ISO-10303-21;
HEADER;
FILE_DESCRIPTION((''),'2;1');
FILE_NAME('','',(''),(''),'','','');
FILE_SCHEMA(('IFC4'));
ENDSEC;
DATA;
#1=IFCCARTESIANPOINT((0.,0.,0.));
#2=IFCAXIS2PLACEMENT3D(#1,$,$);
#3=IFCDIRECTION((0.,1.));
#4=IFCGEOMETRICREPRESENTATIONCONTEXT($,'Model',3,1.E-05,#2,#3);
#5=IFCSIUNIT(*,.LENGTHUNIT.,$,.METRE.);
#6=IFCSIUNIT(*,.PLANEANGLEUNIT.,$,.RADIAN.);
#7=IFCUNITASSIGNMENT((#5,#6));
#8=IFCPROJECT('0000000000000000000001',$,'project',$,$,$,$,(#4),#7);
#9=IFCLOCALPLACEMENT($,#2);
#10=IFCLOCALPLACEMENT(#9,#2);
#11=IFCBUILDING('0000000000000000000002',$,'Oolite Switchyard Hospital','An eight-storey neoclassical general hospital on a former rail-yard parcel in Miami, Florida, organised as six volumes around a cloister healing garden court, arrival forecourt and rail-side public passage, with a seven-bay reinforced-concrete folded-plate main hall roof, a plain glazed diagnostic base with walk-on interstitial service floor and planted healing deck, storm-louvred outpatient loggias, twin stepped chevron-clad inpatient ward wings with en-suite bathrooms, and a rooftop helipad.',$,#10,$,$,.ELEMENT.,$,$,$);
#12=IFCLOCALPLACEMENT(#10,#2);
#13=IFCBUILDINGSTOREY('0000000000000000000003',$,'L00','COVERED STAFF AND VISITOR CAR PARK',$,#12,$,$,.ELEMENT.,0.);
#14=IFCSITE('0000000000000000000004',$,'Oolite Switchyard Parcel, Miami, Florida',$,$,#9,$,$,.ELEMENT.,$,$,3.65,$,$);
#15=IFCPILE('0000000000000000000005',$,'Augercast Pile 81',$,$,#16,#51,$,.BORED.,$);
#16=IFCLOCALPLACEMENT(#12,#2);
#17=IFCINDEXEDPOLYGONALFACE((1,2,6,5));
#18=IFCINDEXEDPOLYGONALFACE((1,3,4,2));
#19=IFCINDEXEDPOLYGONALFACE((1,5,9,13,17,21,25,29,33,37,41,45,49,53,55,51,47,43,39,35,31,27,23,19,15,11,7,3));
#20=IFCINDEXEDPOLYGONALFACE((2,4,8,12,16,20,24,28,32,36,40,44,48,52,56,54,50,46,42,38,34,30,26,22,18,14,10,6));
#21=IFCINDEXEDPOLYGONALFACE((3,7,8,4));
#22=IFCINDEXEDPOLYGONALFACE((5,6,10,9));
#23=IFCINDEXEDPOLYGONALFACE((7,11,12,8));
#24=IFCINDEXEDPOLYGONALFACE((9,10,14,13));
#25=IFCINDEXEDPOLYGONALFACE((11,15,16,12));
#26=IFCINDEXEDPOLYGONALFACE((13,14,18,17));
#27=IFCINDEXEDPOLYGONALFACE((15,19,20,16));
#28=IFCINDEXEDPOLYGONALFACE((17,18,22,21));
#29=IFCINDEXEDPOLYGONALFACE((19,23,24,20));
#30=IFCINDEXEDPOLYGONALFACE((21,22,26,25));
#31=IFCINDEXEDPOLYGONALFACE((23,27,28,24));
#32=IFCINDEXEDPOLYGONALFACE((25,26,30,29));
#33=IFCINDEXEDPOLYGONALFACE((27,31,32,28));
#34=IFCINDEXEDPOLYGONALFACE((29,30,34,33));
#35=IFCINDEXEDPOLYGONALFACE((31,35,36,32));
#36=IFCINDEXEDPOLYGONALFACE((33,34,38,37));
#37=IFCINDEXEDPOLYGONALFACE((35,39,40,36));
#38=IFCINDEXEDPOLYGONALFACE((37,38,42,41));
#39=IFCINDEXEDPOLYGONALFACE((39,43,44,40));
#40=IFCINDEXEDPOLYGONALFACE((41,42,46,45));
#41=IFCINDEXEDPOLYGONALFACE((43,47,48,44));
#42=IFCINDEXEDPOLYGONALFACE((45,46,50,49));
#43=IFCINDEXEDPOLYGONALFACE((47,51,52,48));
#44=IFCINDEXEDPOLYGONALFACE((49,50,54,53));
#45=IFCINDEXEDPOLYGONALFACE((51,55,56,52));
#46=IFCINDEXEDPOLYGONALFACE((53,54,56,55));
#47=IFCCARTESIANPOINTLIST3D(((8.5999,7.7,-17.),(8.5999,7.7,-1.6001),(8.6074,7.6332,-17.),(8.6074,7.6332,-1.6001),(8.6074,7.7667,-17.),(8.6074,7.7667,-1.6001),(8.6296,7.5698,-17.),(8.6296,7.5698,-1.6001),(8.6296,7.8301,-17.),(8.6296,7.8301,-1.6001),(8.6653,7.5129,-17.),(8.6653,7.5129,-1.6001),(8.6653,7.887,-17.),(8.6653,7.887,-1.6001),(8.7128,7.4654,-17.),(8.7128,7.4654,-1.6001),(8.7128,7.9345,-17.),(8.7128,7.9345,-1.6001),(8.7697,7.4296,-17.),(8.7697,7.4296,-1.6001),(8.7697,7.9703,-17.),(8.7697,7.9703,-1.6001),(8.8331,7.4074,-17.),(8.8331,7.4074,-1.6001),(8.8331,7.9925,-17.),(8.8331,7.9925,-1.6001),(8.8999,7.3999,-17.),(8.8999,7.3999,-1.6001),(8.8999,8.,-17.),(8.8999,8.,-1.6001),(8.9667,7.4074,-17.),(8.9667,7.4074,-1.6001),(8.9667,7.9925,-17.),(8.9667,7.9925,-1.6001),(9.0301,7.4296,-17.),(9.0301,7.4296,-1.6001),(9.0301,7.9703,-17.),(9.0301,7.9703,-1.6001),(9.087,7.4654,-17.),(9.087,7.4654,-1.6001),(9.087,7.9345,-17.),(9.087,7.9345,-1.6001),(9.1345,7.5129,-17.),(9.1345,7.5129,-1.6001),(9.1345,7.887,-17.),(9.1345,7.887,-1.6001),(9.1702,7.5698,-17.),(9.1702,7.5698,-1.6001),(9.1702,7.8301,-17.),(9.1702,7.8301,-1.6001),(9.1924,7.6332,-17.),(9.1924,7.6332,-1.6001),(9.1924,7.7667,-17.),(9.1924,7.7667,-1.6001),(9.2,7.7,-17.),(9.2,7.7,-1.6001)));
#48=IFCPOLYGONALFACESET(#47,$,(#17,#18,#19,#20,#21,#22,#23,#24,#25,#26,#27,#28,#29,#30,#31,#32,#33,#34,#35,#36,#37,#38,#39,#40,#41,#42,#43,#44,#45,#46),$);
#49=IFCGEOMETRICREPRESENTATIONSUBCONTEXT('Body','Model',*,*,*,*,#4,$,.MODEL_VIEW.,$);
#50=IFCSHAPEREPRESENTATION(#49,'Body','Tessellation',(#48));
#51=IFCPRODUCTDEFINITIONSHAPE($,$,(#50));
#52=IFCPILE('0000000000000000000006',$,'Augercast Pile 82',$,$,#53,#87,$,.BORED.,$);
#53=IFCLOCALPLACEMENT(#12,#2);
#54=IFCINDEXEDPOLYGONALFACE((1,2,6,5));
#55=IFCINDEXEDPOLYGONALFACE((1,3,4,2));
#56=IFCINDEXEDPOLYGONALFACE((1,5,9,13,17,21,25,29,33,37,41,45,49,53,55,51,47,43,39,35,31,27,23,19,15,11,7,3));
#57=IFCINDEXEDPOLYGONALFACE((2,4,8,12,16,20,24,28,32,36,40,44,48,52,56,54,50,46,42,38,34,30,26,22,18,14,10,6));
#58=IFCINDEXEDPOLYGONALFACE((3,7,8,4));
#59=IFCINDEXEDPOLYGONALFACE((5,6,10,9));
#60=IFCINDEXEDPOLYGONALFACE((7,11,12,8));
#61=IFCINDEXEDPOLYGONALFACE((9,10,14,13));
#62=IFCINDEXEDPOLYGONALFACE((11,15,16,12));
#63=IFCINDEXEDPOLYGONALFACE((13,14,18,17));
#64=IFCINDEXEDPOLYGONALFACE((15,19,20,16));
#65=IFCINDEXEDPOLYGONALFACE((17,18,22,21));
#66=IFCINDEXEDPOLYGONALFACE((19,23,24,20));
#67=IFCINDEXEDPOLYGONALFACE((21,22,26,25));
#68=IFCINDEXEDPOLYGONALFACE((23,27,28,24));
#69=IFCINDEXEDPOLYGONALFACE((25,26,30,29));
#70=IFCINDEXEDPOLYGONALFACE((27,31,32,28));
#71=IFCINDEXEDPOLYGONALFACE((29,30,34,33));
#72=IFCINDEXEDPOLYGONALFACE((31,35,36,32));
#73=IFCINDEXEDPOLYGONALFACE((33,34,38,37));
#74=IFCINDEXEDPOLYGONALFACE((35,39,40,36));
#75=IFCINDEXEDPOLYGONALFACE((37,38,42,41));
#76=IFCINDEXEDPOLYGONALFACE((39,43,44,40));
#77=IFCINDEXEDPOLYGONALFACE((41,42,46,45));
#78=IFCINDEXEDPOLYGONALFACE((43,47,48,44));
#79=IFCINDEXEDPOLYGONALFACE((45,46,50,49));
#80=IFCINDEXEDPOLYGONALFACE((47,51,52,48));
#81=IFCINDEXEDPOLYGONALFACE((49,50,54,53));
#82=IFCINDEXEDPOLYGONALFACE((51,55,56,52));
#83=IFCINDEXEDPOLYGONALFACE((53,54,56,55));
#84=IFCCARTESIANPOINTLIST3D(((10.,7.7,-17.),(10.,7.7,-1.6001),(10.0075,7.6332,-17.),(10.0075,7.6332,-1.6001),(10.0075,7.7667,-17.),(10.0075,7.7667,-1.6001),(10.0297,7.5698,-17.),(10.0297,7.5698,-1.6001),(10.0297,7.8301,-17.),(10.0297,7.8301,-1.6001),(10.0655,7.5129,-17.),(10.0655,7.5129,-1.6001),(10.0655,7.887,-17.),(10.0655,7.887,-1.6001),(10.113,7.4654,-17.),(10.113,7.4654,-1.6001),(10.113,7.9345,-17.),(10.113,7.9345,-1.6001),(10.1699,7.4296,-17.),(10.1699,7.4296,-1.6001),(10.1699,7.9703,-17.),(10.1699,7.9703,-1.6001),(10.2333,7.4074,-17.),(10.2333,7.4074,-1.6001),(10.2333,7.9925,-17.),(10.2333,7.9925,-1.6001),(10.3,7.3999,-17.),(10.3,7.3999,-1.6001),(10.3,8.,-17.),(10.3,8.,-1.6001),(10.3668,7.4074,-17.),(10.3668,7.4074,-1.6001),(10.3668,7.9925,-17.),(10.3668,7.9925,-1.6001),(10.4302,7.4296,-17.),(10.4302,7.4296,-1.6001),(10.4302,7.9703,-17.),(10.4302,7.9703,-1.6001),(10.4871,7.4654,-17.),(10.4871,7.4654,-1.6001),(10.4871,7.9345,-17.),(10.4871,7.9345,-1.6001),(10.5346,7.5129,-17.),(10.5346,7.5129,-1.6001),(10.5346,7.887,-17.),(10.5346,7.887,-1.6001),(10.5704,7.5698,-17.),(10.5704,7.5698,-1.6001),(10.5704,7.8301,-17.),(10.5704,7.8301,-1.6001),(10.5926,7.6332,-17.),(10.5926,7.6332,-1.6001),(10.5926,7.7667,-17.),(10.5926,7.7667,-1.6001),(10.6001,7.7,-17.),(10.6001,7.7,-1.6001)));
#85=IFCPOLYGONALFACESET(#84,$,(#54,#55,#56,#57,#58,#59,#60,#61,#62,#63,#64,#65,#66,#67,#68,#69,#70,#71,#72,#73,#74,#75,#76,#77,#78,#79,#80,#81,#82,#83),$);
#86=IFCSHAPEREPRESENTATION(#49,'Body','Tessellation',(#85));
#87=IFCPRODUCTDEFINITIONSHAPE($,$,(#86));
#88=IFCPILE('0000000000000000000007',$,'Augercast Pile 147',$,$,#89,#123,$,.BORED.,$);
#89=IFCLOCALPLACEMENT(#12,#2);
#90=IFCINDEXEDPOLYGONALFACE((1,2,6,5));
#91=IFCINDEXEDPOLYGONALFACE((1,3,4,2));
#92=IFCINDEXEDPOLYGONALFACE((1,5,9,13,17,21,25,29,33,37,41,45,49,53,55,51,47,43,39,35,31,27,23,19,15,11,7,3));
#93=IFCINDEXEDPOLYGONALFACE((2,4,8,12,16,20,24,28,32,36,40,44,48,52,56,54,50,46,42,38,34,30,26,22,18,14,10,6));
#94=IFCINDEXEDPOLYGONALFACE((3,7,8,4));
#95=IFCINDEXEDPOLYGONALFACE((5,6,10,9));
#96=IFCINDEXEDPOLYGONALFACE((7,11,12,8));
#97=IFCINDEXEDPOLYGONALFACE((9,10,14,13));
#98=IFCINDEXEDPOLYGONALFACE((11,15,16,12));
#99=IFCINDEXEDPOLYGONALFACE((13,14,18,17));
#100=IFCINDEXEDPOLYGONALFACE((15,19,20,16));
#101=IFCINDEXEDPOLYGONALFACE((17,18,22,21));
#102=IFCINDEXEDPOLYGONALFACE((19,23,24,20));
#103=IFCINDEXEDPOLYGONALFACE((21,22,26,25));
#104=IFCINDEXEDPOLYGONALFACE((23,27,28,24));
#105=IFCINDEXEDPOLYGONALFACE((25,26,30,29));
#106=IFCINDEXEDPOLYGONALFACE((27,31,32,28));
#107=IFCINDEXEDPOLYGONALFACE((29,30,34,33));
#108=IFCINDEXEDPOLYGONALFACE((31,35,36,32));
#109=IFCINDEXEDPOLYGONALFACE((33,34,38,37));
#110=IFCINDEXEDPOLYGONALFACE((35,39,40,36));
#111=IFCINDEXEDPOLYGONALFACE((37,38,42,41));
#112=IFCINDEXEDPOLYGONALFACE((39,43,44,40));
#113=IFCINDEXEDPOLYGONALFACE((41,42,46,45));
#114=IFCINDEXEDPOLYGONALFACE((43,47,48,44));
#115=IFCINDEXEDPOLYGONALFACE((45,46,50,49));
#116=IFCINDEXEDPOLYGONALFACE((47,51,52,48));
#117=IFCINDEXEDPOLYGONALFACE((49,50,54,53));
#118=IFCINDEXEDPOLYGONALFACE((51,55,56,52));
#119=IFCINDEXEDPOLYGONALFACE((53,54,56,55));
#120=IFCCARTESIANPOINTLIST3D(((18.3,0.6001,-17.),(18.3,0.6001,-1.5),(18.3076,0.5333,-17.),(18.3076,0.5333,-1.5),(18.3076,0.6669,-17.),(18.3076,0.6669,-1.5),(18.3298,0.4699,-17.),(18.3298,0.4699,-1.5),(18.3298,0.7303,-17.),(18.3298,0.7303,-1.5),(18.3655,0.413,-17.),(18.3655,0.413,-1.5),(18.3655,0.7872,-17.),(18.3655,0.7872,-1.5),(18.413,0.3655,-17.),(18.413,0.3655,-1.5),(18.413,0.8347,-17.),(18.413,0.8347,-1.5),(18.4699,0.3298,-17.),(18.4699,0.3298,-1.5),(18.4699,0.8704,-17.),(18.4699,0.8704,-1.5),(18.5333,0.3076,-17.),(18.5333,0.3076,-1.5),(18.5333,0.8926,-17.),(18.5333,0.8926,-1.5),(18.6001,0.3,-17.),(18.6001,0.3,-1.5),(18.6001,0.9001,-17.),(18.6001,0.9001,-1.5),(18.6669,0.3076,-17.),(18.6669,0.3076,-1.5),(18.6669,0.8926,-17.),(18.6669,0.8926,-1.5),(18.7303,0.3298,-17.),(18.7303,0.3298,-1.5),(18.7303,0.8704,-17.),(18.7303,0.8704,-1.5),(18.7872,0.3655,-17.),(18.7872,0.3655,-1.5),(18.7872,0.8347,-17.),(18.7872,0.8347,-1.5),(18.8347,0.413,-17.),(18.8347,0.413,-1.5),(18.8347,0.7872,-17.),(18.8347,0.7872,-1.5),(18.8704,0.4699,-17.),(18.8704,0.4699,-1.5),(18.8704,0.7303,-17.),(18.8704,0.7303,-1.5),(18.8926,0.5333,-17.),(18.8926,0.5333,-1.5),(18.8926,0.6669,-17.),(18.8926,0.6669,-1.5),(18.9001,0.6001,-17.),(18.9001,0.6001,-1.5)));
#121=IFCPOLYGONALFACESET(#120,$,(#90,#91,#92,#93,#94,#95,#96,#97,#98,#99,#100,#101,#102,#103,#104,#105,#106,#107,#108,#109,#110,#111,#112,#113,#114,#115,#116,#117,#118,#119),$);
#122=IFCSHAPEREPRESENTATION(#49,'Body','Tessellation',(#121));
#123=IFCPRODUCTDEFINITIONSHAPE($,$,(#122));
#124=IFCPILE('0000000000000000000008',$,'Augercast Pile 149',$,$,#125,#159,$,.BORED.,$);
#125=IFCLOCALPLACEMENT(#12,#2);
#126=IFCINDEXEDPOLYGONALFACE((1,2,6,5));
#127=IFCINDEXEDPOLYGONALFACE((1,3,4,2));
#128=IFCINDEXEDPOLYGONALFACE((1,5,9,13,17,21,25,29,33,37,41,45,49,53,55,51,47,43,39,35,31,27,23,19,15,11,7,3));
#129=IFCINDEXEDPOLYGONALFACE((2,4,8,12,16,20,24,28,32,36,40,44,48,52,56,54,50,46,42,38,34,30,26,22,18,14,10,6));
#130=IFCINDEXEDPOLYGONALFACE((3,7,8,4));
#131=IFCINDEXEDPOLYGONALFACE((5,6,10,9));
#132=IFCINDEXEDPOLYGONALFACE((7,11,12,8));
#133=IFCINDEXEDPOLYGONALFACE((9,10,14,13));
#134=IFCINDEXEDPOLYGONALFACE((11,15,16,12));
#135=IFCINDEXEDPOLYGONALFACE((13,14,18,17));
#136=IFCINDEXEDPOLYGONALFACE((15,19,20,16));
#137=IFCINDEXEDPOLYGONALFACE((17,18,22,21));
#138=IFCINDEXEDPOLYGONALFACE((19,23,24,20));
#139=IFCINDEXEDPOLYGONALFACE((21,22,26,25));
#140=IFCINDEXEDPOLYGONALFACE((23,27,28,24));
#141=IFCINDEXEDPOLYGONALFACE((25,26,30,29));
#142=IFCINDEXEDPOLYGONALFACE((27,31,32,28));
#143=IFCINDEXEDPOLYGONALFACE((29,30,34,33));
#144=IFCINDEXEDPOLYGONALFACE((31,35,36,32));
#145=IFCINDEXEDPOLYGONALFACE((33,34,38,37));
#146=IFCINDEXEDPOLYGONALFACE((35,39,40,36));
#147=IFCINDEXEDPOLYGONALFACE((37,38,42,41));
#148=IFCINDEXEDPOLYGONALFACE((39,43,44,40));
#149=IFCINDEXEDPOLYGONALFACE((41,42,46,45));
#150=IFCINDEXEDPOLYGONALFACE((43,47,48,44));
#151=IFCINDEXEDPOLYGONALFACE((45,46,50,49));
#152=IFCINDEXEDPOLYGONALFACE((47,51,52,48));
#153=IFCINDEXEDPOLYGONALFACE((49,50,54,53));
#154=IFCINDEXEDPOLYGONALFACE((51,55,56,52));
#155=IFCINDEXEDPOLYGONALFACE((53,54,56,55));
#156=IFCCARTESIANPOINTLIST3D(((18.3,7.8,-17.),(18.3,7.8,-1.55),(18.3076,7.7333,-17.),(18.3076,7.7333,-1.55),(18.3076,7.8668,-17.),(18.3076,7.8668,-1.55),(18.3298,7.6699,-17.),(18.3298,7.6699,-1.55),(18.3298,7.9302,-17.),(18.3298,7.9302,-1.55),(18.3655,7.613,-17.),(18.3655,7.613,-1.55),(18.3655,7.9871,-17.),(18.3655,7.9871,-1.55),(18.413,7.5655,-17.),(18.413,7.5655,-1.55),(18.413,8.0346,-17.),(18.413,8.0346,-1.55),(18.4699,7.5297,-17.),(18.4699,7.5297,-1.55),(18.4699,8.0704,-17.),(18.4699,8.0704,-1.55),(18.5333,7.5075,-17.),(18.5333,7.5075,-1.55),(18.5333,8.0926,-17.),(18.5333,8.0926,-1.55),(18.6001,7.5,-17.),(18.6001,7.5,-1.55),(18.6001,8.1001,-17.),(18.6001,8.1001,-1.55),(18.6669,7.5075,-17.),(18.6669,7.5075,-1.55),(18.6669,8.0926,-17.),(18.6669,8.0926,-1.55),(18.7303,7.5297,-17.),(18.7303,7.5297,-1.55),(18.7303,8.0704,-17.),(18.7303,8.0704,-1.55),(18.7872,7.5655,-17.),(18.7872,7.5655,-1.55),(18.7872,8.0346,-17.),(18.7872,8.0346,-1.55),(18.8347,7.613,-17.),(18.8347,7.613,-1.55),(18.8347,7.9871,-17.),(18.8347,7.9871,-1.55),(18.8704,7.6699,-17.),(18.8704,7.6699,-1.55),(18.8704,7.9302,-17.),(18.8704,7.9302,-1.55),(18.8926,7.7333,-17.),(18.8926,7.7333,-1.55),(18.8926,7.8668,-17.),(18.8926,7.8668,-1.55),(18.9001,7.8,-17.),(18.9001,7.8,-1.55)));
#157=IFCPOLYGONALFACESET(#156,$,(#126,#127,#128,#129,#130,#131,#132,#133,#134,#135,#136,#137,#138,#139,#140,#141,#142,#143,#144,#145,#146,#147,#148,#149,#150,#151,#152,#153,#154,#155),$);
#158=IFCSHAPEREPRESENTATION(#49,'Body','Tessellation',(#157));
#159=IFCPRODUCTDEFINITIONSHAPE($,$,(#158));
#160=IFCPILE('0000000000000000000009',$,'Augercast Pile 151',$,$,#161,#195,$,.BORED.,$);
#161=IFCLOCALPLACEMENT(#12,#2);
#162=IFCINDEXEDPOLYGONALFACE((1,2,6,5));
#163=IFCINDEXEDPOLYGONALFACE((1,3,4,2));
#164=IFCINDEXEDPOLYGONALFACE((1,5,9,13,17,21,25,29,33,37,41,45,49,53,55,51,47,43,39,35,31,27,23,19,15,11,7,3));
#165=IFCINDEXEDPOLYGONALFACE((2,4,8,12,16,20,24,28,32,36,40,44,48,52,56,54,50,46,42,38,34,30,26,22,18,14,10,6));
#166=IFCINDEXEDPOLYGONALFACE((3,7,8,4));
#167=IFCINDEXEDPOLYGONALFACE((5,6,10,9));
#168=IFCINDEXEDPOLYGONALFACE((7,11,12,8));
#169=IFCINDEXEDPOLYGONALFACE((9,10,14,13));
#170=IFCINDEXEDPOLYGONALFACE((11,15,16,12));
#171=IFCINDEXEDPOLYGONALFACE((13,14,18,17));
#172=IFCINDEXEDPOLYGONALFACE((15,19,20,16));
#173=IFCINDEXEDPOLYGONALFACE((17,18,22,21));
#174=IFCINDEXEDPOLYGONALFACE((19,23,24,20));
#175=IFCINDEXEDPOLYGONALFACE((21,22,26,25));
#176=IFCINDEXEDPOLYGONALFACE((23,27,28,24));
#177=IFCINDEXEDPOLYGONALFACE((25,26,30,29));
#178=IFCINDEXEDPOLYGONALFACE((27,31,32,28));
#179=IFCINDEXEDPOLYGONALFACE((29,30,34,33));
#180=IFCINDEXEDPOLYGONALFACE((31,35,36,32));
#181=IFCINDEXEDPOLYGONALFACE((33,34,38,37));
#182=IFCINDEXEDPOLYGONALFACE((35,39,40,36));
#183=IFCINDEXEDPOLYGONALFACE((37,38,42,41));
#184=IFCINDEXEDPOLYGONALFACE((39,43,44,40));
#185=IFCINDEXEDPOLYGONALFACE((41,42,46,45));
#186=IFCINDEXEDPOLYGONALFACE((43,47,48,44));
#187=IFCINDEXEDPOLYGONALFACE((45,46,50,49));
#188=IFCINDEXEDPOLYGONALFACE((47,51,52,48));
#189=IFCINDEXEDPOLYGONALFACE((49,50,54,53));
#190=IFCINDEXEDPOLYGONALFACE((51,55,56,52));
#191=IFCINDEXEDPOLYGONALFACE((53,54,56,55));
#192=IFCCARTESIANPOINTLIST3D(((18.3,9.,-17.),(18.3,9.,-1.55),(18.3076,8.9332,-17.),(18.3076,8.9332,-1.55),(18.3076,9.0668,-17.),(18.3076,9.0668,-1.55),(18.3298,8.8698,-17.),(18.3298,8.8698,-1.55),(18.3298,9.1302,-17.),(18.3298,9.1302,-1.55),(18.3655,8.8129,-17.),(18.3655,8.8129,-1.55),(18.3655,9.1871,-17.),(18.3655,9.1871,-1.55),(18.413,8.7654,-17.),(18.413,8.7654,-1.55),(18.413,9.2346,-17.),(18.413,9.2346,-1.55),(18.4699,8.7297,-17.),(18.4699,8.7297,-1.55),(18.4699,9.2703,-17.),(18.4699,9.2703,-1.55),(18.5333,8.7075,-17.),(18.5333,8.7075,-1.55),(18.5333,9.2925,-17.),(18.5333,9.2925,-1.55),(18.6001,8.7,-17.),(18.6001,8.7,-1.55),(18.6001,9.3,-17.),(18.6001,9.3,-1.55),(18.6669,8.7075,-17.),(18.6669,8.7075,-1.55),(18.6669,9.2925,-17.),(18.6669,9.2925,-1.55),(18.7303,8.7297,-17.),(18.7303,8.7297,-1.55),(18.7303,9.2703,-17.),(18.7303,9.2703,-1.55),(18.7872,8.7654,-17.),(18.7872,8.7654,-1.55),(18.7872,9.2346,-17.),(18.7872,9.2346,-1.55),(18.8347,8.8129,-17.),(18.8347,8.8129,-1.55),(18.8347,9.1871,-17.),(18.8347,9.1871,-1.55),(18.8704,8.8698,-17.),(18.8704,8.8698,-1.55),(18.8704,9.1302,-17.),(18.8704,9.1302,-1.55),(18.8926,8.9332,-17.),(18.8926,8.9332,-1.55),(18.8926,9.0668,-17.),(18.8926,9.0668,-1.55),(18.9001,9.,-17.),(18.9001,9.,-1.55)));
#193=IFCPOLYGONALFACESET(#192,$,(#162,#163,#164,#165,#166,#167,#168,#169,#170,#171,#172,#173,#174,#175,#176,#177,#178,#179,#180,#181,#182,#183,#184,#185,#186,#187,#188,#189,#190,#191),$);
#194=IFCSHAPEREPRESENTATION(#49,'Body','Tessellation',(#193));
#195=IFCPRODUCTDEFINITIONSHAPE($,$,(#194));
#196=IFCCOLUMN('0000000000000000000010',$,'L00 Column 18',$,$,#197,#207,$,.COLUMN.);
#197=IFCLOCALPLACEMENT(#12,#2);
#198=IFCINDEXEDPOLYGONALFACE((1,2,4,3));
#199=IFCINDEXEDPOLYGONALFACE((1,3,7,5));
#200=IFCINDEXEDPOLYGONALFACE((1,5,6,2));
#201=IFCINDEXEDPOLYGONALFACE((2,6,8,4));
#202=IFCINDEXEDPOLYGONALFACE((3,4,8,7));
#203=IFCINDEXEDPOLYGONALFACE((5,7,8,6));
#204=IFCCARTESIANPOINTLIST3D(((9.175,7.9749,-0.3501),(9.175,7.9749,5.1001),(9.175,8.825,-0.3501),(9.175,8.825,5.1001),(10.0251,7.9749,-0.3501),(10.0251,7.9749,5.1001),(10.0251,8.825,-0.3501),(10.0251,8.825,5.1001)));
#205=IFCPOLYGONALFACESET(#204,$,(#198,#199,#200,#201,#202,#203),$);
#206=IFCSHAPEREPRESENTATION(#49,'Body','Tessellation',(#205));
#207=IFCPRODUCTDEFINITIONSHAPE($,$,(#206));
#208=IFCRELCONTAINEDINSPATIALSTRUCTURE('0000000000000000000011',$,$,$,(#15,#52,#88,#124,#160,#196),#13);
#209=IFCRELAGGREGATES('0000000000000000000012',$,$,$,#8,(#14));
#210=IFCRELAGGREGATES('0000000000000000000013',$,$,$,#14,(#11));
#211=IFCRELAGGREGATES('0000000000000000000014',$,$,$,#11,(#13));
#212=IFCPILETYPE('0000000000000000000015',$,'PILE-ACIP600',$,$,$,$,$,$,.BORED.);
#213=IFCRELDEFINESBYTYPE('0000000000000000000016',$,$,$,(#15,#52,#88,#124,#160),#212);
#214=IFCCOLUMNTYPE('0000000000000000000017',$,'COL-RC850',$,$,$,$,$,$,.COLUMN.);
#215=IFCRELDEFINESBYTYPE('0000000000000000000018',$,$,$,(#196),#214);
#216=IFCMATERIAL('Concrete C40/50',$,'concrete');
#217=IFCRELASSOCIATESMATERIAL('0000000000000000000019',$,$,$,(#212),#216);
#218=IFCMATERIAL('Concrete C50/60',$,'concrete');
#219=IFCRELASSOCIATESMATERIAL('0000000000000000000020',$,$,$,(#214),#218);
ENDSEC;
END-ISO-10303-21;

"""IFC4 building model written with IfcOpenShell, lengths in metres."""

from ifc_helpers import new_model, si_unit, direction, frame, origin, origin_2d, place, context, subcontext, project, spatial, rectangle, circle, extrude, material, material_profile, profile_set, type_object, element, save


model = new_model("IFC4")

# Units and contexts
model_context = context("Model", 3, precision=1e-05, world=origin(), true_north=direction((0.0, 1.0)))
body_context = subcontext(model_context, "Body", "Model", "MODEL_VIEW")
ifc_project = project(units=[si_unit("LENGTHUNIT", "METRE"), si_unit("PLANEANGLEUNIT", "RADIAN")], contexts=[model_context])

# Site, building, storey
site_placement = place(None, origin())
site = spatial("IfcSite", under=ifc_project, at=site_placement, Name="Oolite Switchyard Parcel, Miami, Florida", CompositionType="ELEMENT", RefElevation=3.65)
building_placement = place(site_placement, origin())
building = spatial("IfcBuilding", under=site, at=building_placement, Name="Oolite Switchyard Hospital", Description="An eight-storey neoclassical general hospital on a former rail-yard parcel in Miami, Florida, organised as six volumes around a cloister healing garden court, arrival forecourt and rail-side public passage, with a seven-bay reinforced-concrete folded-plate main hall roof, a plain glazed diagnostic base with walk-on interstitial service floor and planted healing deck, storm-louvred outpatient loggias, twin stepped chevron-clad inpatient ward wings with en-suite bathrooms, and a rooftop helipad.", CompositionType="ELEMENT")
storey_placement = place(building_placement, origin())
storey = spatial("IfcBuildingStorey", under=building, at=storey_placement, Name="L00", Description="COVERED STAFF AND VISITOR CAR PARK", CompositionType="ELEMENT", Elevation=0.0)

# Shared definitions
ifc_material_1 = material(Name="Concrete C40/50", Category="concrete")

# Piles
ifc_material_profile_1 = material_profile(ifc_material_1, circle(Radius=0.3, at=origin_2d()), Name="PILE600")
ifc_profile_set_1 = profile_set([ifc_material_profile_1], Name="Concrete C40/50")
pile_type = type_object("IfcPileType", Name="PILE-ACIP600", PredefinedType="BORED", material=ifc_profile_set_1)
for number, where, z_axis, x_axis, name in (
    (1, (8.8999, 7.7, -1.6001), (0.0, 0.0, -1.0), (1.0, 0.0, 0.0), "Augercast Pile 81"),
    (2, (10.3, 7.7, -1.6001), (0.0, 0.0, -1.0), (1.0, 0.0, 0.0), "Augercast Pile 82"),
):
    element("IfcPile", number, at=place(storey_placement, frame(where, z_axis=z_axis, x_axis=x_axis)), inside=storey, type_object=pile_type, Name=name, PredefinedType="BORED", context=body_context, shape_type="SweptSolid", body=[
        extrude(circle(Radius=0.3, at=origin_2d()), origin(), (0.0, 0.0, 1.0), 15.3999),
    ])
pile_placement = place(storey_placement, frame((18.6001, 0.6001, -1.5), z_axis=(0.0, 0.0, -1.0), x_axis=(1.0, 0.0, 0.0)))
element("IfcPile", 3, at=pile_placement, inside=storey, type_object=pile_type, Name="Augercast Pile 147", PredefinedType="BORED", context=body_context, shape_type="SweptSolid", body=[
    extrude(circle(Radius=0.3, at=origin_2d()), origin(), (0.0, 0.0, 1.0), 15.5),
])
for number, where, z_axis, x_axis, name in (
    (4, (18.6001, 7.8, -1.55), (0.0, 0.0, -1.0), (1.0, 0.0, 0.0), "Augercast Pile 149"),
    (5, (18.6001, 9.0, -1.55), (0.0, 0.0, -1.0), (1.0, 0.0, 0.0), "Augercast Pile 151"),
):
    element("IfcPile", number, at=place(storey_placement, frame(where, z_axis=z_axis, x_axis=x_axis)), inside=storey, type_object=pile_type, Name=name, PredefinedType="BORED", context=body_context, shape_type="SweptSolid", body=[
        extrude(circle(Radius=0.3, at=origin_2d()), origin(), (0.0, 0.0, 1.0), 15.45),
    ])

# Column
ifc_material_2 = material(Name="Concrete C50/60", Category="concrete")
ifc_material_profile_2 = material_profile(ifc_material_2, rectangle(XDim=0.8501, YDim=0.8501, at=origin_2d()), Name="RC850X850")
ifc_profile_set_2 = profile_set([ifc_material_profile_2], Name="Concrete C50/60")
column_type_1 = type_object("IfcColumnType", Name="COL-RC850", PredefinedType="COLUMN", material=ifc_profile_set_2)
for number, where, z_axis, x_axis, name in (
    (6, (9.6001, 8.3999, -0.3501), (0.0, 0.0, 1.0), (1.0, 0.0, 0.0), "L00 Column 18"),
):
    element("IfcColumn", number, at=place(storey_placement, frame(where, z_axis=z_axis, x_axis=x_axis)), inside=storey, type_object=column_type_1, Name=name, PredefinedType="COLUMN", context=body_context, shape_type="SweptSolid", body=[
        extrude(rectangle(XDim=0.8501, YDim=0.8501, at=origin_2d()), origin(), (0.0, 0.0, 1.0), 5.4502),
    ])

save(model, "model.ifc")
